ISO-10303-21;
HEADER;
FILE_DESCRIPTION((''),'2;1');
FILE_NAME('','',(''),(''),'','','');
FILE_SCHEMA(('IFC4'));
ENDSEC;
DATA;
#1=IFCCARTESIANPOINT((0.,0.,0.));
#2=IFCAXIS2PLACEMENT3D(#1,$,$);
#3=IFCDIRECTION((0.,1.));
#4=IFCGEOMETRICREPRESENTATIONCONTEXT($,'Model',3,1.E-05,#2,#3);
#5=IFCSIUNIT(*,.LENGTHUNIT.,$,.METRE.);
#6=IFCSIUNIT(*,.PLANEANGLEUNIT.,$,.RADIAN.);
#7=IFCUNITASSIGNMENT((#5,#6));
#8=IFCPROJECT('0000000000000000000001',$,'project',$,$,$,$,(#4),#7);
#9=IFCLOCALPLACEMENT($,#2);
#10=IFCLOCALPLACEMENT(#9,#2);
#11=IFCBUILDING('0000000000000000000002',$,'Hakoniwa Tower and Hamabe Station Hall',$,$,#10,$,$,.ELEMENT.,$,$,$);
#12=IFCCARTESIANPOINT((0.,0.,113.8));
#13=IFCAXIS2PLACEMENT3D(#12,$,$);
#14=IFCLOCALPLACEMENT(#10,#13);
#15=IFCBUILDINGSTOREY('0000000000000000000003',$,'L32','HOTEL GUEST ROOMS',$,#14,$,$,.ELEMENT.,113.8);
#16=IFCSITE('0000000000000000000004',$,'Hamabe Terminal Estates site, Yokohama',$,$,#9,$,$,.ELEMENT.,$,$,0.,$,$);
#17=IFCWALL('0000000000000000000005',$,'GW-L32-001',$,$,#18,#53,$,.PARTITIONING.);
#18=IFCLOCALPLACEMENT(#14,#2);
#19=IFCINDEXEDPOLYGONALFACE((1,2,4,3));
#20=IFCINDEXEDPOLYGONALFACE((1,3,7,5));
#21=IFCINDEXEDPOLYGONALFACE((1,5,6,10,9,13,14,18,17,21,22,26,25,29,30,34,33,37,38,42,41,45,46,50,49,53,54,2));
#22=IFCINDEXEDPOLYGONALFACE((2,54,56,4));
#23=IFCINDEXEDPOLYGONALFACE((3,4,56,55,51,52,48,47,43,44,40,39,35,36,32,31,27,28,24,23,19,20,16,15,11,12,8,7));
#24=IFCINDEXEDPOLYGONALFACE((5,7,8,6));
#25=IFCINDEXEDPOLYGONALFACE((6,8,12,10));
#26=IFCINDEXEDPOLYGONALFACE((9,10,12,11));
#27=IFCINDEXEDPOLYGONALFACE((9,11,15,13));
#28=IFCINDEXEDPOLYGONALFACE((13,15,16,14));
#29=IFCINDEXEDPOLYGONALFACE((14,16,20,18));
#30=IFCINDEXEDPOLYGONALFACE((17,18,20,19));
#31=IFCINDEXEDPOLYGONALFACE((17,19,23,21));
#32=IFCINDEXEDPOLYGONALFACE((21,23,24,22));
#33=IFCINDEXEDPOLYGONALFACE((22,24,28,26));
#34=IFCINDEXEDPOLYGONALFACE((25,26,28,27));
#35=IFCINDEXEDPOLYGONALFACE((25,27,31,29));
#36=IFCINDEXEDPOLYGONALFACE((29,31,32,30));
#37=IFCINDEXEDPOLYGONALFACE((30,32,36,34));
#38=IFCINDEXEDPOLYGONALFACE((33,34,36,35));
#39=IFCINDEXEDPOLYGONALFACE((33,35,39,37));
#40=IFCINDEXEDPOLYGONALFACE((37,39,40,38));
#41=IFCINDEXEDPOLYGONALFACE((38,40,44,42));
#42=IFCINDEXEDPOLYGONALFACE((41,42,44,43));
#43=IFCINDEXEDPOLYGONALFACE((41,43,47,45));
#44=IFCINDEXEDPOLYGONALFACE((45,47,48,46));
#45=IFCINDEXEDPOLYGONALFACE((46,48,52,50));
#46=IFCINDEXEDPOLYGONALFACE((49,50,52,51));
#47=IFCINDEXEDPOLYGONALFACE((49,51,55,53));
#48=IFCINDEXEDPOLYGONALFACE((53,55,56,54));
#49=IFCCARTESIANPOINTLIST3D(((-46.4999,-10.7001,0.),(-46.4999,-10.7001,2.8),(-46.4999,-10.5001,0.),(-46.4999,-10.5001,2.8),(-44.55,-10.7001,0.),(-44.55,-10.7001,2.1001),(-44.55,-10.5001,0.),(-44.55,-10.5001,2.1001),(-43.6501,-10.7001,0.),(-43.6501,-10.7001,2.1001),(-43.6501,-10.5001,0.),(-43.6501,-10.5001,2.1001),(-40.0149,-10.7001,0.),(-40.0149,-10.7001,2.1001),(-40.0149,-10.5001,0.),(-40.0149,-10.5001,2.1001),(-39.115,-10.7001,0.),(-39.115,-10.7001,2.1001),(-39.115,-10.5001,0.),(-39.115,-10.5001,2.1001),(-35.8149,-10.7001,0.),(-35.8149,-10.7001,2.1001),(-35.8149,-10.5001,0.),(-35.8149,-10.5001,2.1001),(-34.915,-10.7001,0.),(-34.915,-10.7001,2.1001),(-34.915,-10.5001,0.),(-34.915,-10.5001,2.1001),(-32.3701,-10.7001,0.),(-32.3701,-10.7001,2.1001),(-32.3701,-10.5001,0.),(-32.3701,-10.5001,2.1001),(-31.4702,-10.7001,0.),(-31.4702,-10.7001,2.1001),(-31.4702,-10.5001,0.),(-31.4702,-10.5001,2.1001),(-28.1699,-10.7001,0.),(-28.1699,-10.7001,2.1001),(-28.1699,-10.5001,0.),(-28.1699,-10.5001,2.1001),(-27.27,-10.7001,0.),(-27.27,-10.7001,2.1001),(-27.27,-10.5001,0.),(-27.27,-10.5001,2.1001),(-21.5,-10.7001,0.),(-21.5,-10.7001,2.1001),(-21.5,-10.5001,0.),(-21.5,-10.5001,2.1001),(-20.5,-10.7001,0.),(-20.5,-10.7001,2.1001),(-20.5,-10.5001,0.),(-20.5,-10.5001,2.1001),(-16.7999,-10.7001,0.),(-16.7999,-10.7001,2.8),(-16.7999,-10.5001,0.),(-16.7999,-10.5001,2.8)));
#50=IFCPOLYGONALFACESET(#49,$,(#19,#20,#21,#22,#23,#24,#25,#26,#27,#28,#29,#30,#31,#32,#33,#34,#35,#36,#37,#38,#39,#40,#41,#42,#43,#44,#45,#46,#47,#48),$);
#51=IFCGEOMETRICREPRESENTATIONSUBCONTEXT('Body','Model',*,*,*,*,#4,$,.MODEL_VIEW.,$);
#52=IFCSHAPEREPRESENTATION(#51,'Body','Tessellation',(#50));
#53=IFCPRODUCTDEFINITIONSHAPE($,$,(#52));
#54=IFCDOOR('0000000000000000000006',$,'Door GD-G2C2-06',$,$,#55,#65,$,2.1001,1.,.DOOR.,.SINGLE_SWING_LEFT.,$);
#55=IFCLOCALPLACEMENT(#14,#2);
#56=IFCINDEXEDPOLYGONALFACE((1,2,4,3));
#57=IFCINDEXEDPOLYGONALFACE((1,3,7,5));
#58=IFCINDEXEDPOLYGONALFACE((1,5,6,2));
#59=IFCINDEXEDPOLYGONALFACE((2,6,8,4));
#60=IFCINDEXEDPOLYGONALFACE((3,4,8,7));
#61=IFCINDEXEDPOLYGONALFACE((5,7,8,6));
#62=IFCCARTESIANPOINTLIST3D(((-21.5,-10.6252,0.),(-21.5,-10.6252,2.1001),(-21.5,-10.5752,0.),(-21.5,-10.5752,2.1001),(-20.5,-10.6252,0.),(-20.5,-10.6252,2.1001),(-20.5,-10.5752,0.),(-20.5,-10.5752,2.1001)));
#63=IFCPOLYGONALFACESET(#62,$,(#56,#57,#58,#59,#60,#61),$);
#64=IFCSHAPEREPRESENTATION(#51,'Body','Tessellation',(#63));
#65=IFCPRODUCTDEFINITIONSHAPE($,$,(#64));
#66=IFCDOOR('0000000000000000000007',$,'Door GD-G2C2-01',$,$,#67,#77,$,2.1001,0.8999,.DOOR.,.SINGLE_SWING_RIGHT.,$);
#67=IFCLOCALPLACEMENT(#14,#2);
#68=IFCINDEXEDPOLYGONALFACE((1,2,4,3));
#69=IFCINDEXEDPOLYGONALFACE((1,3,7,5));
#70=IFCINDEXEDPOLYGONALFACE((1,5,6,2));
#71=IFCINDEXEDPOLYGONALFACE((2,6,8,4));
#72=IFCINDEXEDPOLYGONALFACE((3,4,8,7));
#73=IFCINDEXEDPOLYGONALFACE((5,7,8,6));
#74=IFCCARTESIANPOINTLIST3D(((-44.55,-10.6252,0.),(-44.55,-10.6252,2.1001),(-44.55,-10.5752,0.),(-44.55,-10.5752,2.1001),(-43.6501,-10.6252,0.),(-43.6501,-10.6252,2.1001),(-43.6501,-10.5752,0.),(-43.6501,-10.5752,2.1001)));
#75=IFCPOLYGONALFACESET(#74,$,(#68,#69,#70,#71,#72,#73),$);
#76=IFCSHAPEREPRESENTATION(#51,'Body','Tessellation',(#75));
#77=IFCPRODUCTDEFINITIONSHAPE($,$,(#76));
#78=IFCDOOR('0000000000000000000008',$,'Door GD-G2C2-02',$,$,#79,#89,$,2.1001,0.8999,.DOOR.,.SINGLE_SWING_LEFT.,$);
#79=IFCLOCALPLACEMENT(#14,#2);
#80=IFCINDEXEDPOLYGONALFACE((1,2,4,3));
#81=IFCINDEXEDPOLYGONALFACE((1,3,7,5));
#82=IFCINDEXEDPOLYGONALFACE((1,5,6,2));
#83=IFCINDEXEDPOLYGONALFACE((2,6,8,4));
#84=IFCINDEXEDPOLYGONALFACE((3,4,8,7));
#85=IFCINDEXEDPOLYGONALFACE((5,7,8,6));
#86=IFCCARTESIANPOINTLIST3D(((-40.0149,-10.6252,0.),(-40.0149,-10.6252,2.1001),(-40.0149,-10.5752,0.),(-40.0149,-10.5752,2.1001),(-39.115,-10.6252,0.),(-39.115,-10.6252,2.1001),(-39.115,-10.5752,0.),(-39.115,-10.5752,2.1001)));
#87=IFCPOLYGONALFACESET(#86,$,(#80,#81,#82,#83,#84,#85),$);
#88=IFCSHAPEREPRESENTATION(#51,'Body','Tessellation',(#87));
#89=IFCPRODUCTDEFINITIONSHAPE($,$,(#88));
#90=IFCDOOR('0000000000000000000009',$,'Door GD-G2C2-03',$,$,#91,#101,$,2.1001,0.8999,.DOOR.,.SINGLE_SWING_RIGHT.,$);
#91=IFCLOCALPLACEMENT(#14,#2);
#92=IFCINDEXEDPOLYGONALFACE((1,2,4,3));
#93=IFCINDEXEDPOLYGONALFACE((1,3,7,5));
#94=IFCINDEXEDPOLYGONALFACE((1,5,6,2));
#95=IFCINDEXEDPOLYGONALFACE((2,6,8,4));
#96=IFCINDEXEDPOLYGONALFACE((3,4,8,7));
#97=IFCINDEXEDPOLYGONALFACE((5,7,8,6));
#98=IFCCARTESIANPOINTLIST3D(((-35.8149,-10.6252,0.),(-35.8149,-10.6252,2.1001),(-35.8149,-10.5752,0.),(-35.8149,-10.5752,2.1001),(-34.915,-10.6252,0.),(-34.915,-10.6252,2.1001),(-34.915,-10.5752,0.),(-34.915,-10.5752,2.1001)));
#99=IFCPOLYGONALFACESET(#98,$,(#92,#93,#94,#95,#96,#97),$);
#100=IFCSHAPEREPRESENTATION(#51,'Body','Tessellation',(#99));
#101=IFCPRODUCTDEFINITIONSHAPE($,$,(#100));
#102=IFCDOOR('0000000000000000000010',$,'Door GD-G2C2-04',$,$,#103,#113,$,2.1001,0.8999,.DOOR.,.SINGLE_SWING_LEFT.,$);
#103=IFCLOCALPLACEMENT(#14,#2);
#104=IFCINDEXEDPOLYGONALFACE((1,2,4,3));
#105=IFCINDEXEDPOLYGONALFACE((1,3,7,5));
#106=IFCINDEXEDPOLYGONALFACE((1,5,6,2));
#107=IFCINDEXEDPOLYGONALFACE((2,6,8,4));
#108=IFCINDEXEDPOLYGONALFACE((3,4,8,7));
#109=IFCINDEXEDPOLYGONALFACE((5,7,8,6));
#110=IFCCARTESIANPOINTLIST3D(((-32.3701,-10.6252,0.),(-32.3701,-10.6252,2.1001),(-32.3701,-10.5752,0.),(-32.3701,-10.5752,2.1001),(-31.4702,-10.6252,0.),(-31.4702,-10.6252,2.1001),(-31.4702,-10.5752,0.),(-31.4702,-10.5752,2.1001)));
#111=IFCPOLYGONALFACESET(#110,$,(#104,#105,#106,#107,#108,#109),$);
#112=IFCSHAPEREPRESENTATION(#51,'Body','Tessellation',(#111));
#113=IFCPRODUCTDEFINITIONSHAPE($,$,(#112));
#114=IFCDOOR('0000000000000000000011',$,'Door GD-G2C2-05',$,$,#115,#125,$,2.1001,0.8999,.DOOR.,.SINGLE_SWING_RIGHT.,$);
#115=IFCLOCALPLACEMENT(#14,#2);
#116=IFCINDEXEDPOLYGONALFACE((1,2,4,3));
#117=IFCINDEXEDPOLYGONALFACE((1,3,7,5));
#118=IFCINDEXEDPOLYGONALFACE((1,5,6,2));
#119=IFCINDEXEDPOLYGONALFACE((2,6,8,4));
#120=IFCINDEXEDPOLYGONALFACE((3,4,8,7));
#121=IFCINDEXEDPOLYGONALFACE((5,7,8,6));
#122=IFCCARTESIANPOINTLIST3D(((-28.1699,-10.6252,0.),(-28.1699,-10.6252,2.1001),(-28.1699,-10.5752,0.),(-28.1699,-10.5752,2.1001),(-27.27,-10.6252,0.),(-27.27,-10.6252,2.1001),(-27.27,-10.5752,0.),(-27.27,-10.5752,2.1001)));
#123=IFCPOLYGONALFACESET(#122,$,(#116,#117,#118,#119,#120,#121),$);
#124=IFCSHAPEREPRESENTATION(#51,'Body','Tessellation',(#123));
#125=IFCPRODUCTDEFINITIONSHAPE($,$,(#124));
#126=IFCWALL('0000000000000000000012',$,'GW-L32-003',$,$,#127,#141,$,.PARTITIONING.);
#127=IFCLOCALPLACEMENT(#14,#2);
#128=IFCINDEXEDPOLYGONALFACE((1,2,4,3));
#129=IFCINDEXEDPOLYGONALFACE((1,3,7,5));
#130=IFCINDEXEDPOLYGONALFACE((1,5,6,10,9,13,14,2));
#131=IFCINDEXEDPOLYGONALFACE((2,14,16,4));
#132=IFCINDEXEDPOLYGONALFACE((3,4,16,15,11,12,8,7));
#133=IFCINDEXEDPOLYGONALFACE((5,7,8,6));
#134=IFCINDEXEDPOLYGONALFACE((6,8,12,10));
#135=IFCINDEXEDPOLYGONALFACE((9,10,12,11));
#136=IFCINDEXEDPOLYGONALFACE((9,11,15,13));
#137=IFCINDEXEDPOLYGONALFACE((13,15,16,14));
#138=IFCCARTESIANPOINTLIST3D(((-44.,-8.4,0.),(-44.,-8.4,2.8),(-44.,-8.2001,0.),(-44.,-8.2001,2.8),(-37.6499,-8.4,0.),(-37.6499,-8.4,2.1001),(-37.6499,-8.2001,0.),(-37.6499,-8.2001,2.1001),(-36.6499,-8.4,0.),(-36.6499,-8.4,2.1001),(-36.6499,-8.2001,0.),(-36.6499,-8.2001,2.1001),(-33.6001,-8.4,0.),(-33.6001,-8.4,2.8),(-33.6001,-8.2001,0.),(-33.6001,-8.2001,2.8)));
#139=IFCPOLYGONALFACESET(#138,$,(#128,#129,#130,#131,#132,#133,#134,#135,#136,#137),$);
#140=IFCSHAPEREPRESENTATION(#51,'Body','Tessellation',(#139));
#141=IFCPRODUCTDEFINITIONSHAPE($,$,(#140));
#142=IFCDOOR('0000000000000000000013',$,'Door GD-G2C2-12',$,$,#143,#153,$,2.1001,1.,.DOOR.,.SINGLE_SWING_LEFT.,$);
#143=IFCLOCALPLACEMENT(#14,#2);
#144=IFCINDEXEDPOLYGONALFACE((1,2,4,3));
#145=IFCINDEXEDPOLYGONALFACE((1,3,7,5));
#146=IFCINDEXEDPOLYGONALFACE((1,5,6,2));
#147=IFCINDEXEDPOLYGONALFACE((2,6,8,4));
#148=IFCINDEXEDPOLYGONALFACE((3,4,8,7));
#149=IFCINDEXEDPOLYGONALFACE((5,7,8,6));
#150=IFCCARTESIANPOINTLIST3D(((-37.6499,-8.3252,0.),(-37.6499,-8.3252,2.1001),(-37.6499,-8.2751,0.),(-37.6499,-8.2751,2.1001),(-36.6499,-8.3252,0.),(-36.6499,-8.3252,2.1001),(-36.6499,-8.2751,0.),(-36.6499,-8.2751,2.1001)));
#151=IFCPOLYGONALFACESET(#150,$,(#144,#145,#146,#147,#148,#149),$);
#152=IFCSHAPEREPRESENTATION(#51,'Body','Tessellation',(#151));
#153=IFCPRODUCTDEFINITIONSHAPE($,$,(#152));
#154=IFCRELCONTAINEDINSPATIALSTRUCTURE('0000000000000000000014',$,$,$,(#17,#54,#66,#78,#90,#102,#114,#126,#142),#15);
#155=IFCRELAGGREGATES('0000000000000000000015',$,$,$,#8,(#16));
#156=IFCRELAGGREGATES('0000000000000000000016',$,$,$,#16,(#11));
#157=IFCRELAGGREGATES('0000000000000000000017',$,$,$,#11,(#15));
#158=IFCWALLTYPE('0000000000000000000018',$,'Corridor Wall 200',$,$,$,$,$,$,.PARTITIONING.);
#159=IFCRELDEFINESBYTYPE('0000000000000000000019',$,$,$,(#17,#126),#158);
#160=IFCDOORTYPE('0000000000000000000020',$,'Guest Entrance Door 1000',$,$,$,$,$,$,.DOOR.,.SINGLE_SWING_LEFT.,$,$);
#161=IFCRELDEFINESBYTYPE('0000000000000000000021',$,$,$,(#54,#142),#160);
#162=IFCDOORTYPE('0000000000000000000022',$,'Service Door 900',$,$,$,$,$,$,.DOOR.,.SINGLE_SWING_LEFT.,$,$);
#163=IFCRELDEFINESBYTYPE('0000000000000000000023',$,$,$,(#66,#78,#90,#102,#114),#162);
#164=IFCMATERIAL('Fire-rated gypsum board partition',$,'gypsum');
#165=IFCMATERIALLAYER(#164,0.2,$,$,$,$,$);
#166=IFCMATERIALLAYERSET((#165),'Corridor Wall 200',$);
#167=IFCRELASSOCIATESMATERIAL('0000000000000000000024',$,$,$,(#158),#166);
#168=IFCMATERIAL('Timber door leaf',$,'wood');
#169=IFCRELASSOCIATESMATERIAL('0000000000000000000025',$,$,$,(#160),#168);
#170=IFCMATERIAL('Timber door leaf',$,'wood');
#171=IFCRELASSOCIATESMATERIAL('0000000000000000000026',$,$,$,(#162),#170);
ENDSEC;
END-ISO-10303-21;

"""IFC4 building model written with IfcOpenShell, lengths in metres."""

from ifc_helpers import new_model, si_unit, direction, frame, frame_2d, origin, place, context, subcontext, project, spatial, rectangle, extrude, material, layer, layer_set, type_object, element, fill, save


model = new_model("IFC4")

# Units and contexts
model_context = context("Model", 3, precision=1e-05, world=origin(), true_north=direction((0.0, 1.0)))
body_context = subcontext(model_context, "Body", "Model", "MODEL_VIEW")
ifc_project = project(units=[si_unit("LENGTHUNIT", "METRE"), si_unit("PLANEANGLEUNIT", "RADIAN")], contexts=[model_context])

# Site, building, storey
site_placement = place(None, origin())
site = spatial("IfcSite", under=ifc_project, at=site_placement, Name="Hamabe Terminal Estates site, Yokohama", CompositionType="ELEMENT", RefElevation=0.0)
building_placement = place(site_placement, origin())
building = spatial("IfcBuilding", under=site, at=building_placement, Name="Hakoniwa Tower and Hamabe Station Hall", CompositionType="ELEMENT")
storey_placement = place(building_placement, frame((0.0, 0.0, 113.8)))
storey = spatial("IfcBuildingStorey", under=building, at=storey_placement, Name="L32", Description="HOTEL GUEST ROOMS", CompositionType="ELEMENT", Elevation=113.8)

# Wall, openings, doors
ifc_material_1 = material(Name="Fire-rated gypsum board partition", Category="gypsum")
ifc_layer_1 = layer(ifc_material_1, 0.2)
ifc_layer_set_1 = layer_set([ifc_layer_1], Name="Corridor Wall 200")
wall_type_1 = type_object("IfcWallType", Name="Corridor Wall 200", PredefinedType="PARTITIONING", material=ifc_layer_set_1)
wall_1_placement = place(storey_placement, frame((-46.5, -10.6001, 0.0), z_axis=(0.0, 0.0, 1.0), x_axis=(1.0, 0.0, 0.0)))
wall_1 = element("IfcWall", 1, at=wall_1_placement, inside=storey, type_object=wall_type_1, Name="GW-L32-001", PredefinedType="PARTITIONING", context=body_context, shape_type="SweptSolid", body=[
    extrude(rectangle(XDim=29.7, YDim=0.2, at=frame_2d((14.8501, 0.0))), origin(), (0.0, 0.0, 1.0), 2.8),
])
opening_1_placement = place(wall_1_placement, frame((1.95, 0.0, 0.0)))
opening_1 = element("IfcOpeningElement", 2, at=opening_1_placement, cuts=wall_1, PredefinedType="OPENING", context=body_context, shape_type="SweptSolid", body=[
    extrude(rectangle(XDim=0.8999, YDim=2.1001, at=frame_2d((0.45, 1.05))), frame((0.0, 0.1099, 0.0), z_axis=(0.0, -1.0, 0.0), x_axis=(1.0, 0.0, 0.0)), (0.0, 0.0, 1.0), 0.22),
])
opening_2_placement = place(wall_1_placement, frame((6.4851, 0.0, 0.0)))
opening_2 = element("IfcOpeningElement", 3, at=opening_2_placement, cuts=wall_1, PredefinedType="OPENING", context=body_context, shape_type="SweptSolid", body=[
    extrude(rectangle(XDim=0.8999, YDim=2.1001, at=frame_2d((0.45, 1.05))), frame((0.0, 0.1099, 0.0), z_axis=(0.0, -1.0, 0.0), x_axis=(1.0, 0.0, 0.0)), (0.0, 0.0, 1.0), 0.22),
])
opening_3_placement = place(wall_1_placement, frame((10.6851, 0.0, 0.0)))
opening_3 = element("IfcOpeningElement", 4, at=opening_3_placement, cuts=wall_1, PredefinedType="OPENING", context=body_context, shape_type="SweptSolid", body=[
    extrude(rectangle(XDim=0.8999, YDim=2.1001, at=frame_2d((0.45, 1.05))), frame((0.0, 0.1099, 0.0), z_axis=(0.0, -1.0, 0.0), x_axis=(1.0, 0.0, 0.0)), (0.0, 0.0, 1.0), 0.22),
])
opening_4_placement = place(wall_1_placement, frame((14.1299, 0.0, 0.0)))
opening_4 = element("IfcOpeningElement", 5, at=opening_4_placement, cuts=wall_1, PredefinedType="OPENING", context=body_context, shape_type="SweptSolid", body=[
    extrude(rectangle(XDim=0.8999, YDim=2.1001, at=frame_2d((0.45, 1.05))), frame((0.0, 0.1099, 0.0), z_axis=(0.0, -1.0, 0.0), x_axis=(1.0, 0.0, 0.0)), (0.0, 0.0, 1.0), 0.22),
])
opening_5_placement = place(wall_1_placement, frame((18.3301, 0.0, 0.0)))
opening_5 = element("IfcOpeningElement", 6, at=opening_5_placement, cuts=wall_1, PredefinedType="OPENING", context=body_context, shape_type="SweptSolid", body=[
    extrude(rectangle(XDim=0.8999, YDim=2.1001, at=frame_2d((0.45, 1.05))), frame((0.0, 0.1099, 0.0), z_axis=(0.0, -1.0, 0.0), x_axis=(1.0, 0.0, 0.0)), (0.0, 0.0, 1.0), 0.22),
])
opening_6_placement = place(wall_1_placement, frame((25.0, 0.0, 0.0)))
opening_6 = element("IfcOpeningElement", 7, at=opening_6_placement, cuts=wall_1, PredefinedType="OPENING", context=body_context, shape_type="SweptSolid", body=[
    extrude(rectangle(XDim=1.0, YDim=2.1001, at=frame_2d((0.5, 1.05))), frame((0.0, 0.1099, 0.0), z_axis=(0.0, -1.0, 0.0), x_axis=(1.0, 0.0, 0.0)), (0.0, 0.0, 1.0), 0.22),
])
ifc_material_2 = material(Name="Timber door leaf", Category="wood")
door_type_1 = type_object("IfcDoorType", Name="Guest Entrance Door 1000", OperationType="SINGLE_SWING_LEFT", PredefinedType="DOOR", material=ifc_material_2)
door_1_placement = place(opening_6_placement, origin())
door_1 = element("IfcDoor", 8, at=door_1_placement, inside=storey, type_object=door_type_1, Name="Door GD-G2C2-06", OperationType="SINGLE_SWING_LEFT", OverallHeight=2.1001, OverallWidth=1.0, PredefinedType="DOOR", context=body_context, shape_type="SweptSolid", body=[
    extrude(rectangle(XDim=1.0, YDim=2.1001, at=frame_2d((0.5, 1.05))), frame((0.0, 0.0249, 0.0), z_axis=(0.0, -1.0, 0.0), x_axis=(1.0, 0.0, 0.0)), (0.0, 0.0, 1.0), 0.05),
])
fill(opening_6, door_1)
ifc_material_3 = material(Name="Timber door leaf", Category="wood")
door_type_2 = type_object("IfcDoorType", Name="Service Door 900", OperationType="SINGLE_SWING_LEFT", PredefinedType="DOOR", material=ifc_material_3)
door_2_placement = place(opening_1_placement, origin())
door_2 = element("IfcDoor", 9, at=door_2_placement, inside=storey, type_object=door_type_2, Name="Door GD-G2C2-01", OperationType="SINGLE_SWING_RIGHT", OverallHeight=2.1001, OverallWidth=0.8999, PredefinedType="DOOR", context=body_context, shape_type="SweptSolid", body=[
    extrude(rectangle(XDim=0.8999, YDim=2.1001, at=frame_2d((0.45, 1.05))), frame((0.0, 0.0249, 0.0), z_axis=(0.0, -1.0, 0.0), x_axis=(1.0, 0.0, 0.0)), (0.0, 0.0, 1.0), 0.05),
])
fill(opening_1, door_2)
door_3_placement = place(opening_2_placement, origin())
door_3 = element("IfcDoor", 10, at=door_3_placement, inside=storey, type_object=door_type_2, Name="Door GD-G2C2-02", OperationType="SINGLE_SWING_LEFT", OverallHeight=2.1001, OverallWidth=0.8999, PredefinedType="DOOR", context=body_context, shape_type="SweptSolid", body=[
    extrude(rectangle(XDim=0.8999, YDim=2.1001, at=frame_2d((0.45, 1.05))), frame((0.0, 0.0249, 0.0), z_axis=(0.0, -1.0, 0.0), x_axis=(1.0, 0.0, 0.0)), (0.0, 0.0, 1.0), 0.05),
])
fill(opening_2, door_3)
door_4_placement = place(opening_3_placement, origin())
door_4 = element("IfcDoor", 11, at=door_4_placement, inside=storey, type_object=door_type_2, Name="Door GD-G2C2-03", OperationType="SINGLE_SWING_RIGHT", OverallHeight=2.1001, OverallWidth=0.8999, PredefinedType="DOOR", context=body_context, shape_type="SweptSolid", body=[
    extrude(rectangle(XDim=0.8999, YDim=2.1001, at=frame_2d((0.45, 1.05))), frame((0.0, 0.0249, 0.0), z_axis=(0.0, -1.0, 0.0), x_axis=(1.0, 0.0, 0.0)), (0.0, 0.0, 1.0), 0.05),
])
fill(opening_3, door_4)
door_5_placement = place(opening_4_placement, origin())
door_5 = element("IfcDoor", 12, at=door_5_placement, inside=storey, type_object=door_type_2, Name="Door GD-G2C2-04", OperationType="SINGLE_SWING_LEFT", OverallHeight=2.1001, OverallWidth=0.8999, PredefinedType="DOOR", context=body_context, shape_type="SweptSolid", body=[
    extrude(rectangle(XDim=0.8999, YDim=2.1001, at=frame_2d((0.45, 1.05))), frame((0.0, 0.0249, 0.0), z_axis=(0.0, -1.0, 0.0), x_axis=(1.0, 0.0, 0.0)), (0.0, 0.0, 1.0), 0.05),
])
fill(opening_4, door_5)
door_6_placement = place(opening_5_placement, origin())
door_6 = element("IfcDoor", 13, at=door_6_placement, inside=storey, type_object=door_type_2, Name="Door GD-G2C2-05", OperationType="SINGLE_SWING_RIGHT", OverallHeight=2.1001, OverallWidth=0.8999, PredefinedType="DOOR", context=body_context, shape_type="SweptSolid", body=[
    extrude(rectangle(XDim=0.8999, YDim=2.1001, at=frame_2d((0.45, 1.05))), frame((0.0, 0.0249, 0.0), z_axis=(0.0, -1.0, 0.0), x_axis=(1.0, 0.0, 0.0)), (0.0, 0.0, 1.0), 0.05),
])
fill(opening_5, door_6)

# Wall, opening, door
wall_2_placement = place(storey_placement, frame((-44.0, -8.3, 0.0), z_axis=(0.0, 0.0, 1.0), x_axis=(1.0, 0.0, 0.0)))
wall_2 = element("IfcWall", 14, at=wall_2_placement, inside=storey, type_object=wall_type_1, Name="GW-L32-003", PredefinedType="PARTITIONING", context=body_context, shape_type="SweptSolid", body=[
    extrude(rectangle(XDim=10.3999, YDim=0.2, at=frame_2d((5.2, 0.0))), origin(), (0.0, 0.0, 1.0), 2.8),
])
opening_7_placement = place(wall_2_placement, frame((6.3501, 0.0, 0.0)))
opening_7 = element("IfcOpeningElement", 15, at=opening_7_placement, cuts=wall_2, PredefinedType="OPENING", context=body_context, shape_type="SweptSolid", body=[
    extrude(rectangle(XDim=1.0, YDim=2.1001, at=frame_2d((0.5, 1.05))), frame((0.0, 0.1099, 0.0), z_axis=(0.0, -1.0, 0.0), x_axis=(1.0, 0.0, 0.0)), (0.0, 0.0, 1.0), 0.22),
])
door_7_placement = place(opening_7_placement, origin())
door_7 = element("IfcDoor", 16, at=door_7_placement, inside=storey, type_object=door_type_1, Name="Door GD-G2C2-12", OperationType="SINGLE_SWING_LEFT", OverallHeight=2.1001, OverallWidth=1.0, PredefinedType="DOOR", context=body_context, shape_type="SweptSolid", body=[
    extrude(rectangle(XDim=1.0, YDim=2.1001, at=frame_2d((0.5, 1.05))), frame((0.0, 0.0249, 0.0), z_axis=(0.0, -1.0, 0.0), x_axis=(1.0, 0.0, 0.0)), (0.0, 0.0, 1.0), 0.05),
])
fill(opening_7, door_7)

save(model, "model.ifc")
